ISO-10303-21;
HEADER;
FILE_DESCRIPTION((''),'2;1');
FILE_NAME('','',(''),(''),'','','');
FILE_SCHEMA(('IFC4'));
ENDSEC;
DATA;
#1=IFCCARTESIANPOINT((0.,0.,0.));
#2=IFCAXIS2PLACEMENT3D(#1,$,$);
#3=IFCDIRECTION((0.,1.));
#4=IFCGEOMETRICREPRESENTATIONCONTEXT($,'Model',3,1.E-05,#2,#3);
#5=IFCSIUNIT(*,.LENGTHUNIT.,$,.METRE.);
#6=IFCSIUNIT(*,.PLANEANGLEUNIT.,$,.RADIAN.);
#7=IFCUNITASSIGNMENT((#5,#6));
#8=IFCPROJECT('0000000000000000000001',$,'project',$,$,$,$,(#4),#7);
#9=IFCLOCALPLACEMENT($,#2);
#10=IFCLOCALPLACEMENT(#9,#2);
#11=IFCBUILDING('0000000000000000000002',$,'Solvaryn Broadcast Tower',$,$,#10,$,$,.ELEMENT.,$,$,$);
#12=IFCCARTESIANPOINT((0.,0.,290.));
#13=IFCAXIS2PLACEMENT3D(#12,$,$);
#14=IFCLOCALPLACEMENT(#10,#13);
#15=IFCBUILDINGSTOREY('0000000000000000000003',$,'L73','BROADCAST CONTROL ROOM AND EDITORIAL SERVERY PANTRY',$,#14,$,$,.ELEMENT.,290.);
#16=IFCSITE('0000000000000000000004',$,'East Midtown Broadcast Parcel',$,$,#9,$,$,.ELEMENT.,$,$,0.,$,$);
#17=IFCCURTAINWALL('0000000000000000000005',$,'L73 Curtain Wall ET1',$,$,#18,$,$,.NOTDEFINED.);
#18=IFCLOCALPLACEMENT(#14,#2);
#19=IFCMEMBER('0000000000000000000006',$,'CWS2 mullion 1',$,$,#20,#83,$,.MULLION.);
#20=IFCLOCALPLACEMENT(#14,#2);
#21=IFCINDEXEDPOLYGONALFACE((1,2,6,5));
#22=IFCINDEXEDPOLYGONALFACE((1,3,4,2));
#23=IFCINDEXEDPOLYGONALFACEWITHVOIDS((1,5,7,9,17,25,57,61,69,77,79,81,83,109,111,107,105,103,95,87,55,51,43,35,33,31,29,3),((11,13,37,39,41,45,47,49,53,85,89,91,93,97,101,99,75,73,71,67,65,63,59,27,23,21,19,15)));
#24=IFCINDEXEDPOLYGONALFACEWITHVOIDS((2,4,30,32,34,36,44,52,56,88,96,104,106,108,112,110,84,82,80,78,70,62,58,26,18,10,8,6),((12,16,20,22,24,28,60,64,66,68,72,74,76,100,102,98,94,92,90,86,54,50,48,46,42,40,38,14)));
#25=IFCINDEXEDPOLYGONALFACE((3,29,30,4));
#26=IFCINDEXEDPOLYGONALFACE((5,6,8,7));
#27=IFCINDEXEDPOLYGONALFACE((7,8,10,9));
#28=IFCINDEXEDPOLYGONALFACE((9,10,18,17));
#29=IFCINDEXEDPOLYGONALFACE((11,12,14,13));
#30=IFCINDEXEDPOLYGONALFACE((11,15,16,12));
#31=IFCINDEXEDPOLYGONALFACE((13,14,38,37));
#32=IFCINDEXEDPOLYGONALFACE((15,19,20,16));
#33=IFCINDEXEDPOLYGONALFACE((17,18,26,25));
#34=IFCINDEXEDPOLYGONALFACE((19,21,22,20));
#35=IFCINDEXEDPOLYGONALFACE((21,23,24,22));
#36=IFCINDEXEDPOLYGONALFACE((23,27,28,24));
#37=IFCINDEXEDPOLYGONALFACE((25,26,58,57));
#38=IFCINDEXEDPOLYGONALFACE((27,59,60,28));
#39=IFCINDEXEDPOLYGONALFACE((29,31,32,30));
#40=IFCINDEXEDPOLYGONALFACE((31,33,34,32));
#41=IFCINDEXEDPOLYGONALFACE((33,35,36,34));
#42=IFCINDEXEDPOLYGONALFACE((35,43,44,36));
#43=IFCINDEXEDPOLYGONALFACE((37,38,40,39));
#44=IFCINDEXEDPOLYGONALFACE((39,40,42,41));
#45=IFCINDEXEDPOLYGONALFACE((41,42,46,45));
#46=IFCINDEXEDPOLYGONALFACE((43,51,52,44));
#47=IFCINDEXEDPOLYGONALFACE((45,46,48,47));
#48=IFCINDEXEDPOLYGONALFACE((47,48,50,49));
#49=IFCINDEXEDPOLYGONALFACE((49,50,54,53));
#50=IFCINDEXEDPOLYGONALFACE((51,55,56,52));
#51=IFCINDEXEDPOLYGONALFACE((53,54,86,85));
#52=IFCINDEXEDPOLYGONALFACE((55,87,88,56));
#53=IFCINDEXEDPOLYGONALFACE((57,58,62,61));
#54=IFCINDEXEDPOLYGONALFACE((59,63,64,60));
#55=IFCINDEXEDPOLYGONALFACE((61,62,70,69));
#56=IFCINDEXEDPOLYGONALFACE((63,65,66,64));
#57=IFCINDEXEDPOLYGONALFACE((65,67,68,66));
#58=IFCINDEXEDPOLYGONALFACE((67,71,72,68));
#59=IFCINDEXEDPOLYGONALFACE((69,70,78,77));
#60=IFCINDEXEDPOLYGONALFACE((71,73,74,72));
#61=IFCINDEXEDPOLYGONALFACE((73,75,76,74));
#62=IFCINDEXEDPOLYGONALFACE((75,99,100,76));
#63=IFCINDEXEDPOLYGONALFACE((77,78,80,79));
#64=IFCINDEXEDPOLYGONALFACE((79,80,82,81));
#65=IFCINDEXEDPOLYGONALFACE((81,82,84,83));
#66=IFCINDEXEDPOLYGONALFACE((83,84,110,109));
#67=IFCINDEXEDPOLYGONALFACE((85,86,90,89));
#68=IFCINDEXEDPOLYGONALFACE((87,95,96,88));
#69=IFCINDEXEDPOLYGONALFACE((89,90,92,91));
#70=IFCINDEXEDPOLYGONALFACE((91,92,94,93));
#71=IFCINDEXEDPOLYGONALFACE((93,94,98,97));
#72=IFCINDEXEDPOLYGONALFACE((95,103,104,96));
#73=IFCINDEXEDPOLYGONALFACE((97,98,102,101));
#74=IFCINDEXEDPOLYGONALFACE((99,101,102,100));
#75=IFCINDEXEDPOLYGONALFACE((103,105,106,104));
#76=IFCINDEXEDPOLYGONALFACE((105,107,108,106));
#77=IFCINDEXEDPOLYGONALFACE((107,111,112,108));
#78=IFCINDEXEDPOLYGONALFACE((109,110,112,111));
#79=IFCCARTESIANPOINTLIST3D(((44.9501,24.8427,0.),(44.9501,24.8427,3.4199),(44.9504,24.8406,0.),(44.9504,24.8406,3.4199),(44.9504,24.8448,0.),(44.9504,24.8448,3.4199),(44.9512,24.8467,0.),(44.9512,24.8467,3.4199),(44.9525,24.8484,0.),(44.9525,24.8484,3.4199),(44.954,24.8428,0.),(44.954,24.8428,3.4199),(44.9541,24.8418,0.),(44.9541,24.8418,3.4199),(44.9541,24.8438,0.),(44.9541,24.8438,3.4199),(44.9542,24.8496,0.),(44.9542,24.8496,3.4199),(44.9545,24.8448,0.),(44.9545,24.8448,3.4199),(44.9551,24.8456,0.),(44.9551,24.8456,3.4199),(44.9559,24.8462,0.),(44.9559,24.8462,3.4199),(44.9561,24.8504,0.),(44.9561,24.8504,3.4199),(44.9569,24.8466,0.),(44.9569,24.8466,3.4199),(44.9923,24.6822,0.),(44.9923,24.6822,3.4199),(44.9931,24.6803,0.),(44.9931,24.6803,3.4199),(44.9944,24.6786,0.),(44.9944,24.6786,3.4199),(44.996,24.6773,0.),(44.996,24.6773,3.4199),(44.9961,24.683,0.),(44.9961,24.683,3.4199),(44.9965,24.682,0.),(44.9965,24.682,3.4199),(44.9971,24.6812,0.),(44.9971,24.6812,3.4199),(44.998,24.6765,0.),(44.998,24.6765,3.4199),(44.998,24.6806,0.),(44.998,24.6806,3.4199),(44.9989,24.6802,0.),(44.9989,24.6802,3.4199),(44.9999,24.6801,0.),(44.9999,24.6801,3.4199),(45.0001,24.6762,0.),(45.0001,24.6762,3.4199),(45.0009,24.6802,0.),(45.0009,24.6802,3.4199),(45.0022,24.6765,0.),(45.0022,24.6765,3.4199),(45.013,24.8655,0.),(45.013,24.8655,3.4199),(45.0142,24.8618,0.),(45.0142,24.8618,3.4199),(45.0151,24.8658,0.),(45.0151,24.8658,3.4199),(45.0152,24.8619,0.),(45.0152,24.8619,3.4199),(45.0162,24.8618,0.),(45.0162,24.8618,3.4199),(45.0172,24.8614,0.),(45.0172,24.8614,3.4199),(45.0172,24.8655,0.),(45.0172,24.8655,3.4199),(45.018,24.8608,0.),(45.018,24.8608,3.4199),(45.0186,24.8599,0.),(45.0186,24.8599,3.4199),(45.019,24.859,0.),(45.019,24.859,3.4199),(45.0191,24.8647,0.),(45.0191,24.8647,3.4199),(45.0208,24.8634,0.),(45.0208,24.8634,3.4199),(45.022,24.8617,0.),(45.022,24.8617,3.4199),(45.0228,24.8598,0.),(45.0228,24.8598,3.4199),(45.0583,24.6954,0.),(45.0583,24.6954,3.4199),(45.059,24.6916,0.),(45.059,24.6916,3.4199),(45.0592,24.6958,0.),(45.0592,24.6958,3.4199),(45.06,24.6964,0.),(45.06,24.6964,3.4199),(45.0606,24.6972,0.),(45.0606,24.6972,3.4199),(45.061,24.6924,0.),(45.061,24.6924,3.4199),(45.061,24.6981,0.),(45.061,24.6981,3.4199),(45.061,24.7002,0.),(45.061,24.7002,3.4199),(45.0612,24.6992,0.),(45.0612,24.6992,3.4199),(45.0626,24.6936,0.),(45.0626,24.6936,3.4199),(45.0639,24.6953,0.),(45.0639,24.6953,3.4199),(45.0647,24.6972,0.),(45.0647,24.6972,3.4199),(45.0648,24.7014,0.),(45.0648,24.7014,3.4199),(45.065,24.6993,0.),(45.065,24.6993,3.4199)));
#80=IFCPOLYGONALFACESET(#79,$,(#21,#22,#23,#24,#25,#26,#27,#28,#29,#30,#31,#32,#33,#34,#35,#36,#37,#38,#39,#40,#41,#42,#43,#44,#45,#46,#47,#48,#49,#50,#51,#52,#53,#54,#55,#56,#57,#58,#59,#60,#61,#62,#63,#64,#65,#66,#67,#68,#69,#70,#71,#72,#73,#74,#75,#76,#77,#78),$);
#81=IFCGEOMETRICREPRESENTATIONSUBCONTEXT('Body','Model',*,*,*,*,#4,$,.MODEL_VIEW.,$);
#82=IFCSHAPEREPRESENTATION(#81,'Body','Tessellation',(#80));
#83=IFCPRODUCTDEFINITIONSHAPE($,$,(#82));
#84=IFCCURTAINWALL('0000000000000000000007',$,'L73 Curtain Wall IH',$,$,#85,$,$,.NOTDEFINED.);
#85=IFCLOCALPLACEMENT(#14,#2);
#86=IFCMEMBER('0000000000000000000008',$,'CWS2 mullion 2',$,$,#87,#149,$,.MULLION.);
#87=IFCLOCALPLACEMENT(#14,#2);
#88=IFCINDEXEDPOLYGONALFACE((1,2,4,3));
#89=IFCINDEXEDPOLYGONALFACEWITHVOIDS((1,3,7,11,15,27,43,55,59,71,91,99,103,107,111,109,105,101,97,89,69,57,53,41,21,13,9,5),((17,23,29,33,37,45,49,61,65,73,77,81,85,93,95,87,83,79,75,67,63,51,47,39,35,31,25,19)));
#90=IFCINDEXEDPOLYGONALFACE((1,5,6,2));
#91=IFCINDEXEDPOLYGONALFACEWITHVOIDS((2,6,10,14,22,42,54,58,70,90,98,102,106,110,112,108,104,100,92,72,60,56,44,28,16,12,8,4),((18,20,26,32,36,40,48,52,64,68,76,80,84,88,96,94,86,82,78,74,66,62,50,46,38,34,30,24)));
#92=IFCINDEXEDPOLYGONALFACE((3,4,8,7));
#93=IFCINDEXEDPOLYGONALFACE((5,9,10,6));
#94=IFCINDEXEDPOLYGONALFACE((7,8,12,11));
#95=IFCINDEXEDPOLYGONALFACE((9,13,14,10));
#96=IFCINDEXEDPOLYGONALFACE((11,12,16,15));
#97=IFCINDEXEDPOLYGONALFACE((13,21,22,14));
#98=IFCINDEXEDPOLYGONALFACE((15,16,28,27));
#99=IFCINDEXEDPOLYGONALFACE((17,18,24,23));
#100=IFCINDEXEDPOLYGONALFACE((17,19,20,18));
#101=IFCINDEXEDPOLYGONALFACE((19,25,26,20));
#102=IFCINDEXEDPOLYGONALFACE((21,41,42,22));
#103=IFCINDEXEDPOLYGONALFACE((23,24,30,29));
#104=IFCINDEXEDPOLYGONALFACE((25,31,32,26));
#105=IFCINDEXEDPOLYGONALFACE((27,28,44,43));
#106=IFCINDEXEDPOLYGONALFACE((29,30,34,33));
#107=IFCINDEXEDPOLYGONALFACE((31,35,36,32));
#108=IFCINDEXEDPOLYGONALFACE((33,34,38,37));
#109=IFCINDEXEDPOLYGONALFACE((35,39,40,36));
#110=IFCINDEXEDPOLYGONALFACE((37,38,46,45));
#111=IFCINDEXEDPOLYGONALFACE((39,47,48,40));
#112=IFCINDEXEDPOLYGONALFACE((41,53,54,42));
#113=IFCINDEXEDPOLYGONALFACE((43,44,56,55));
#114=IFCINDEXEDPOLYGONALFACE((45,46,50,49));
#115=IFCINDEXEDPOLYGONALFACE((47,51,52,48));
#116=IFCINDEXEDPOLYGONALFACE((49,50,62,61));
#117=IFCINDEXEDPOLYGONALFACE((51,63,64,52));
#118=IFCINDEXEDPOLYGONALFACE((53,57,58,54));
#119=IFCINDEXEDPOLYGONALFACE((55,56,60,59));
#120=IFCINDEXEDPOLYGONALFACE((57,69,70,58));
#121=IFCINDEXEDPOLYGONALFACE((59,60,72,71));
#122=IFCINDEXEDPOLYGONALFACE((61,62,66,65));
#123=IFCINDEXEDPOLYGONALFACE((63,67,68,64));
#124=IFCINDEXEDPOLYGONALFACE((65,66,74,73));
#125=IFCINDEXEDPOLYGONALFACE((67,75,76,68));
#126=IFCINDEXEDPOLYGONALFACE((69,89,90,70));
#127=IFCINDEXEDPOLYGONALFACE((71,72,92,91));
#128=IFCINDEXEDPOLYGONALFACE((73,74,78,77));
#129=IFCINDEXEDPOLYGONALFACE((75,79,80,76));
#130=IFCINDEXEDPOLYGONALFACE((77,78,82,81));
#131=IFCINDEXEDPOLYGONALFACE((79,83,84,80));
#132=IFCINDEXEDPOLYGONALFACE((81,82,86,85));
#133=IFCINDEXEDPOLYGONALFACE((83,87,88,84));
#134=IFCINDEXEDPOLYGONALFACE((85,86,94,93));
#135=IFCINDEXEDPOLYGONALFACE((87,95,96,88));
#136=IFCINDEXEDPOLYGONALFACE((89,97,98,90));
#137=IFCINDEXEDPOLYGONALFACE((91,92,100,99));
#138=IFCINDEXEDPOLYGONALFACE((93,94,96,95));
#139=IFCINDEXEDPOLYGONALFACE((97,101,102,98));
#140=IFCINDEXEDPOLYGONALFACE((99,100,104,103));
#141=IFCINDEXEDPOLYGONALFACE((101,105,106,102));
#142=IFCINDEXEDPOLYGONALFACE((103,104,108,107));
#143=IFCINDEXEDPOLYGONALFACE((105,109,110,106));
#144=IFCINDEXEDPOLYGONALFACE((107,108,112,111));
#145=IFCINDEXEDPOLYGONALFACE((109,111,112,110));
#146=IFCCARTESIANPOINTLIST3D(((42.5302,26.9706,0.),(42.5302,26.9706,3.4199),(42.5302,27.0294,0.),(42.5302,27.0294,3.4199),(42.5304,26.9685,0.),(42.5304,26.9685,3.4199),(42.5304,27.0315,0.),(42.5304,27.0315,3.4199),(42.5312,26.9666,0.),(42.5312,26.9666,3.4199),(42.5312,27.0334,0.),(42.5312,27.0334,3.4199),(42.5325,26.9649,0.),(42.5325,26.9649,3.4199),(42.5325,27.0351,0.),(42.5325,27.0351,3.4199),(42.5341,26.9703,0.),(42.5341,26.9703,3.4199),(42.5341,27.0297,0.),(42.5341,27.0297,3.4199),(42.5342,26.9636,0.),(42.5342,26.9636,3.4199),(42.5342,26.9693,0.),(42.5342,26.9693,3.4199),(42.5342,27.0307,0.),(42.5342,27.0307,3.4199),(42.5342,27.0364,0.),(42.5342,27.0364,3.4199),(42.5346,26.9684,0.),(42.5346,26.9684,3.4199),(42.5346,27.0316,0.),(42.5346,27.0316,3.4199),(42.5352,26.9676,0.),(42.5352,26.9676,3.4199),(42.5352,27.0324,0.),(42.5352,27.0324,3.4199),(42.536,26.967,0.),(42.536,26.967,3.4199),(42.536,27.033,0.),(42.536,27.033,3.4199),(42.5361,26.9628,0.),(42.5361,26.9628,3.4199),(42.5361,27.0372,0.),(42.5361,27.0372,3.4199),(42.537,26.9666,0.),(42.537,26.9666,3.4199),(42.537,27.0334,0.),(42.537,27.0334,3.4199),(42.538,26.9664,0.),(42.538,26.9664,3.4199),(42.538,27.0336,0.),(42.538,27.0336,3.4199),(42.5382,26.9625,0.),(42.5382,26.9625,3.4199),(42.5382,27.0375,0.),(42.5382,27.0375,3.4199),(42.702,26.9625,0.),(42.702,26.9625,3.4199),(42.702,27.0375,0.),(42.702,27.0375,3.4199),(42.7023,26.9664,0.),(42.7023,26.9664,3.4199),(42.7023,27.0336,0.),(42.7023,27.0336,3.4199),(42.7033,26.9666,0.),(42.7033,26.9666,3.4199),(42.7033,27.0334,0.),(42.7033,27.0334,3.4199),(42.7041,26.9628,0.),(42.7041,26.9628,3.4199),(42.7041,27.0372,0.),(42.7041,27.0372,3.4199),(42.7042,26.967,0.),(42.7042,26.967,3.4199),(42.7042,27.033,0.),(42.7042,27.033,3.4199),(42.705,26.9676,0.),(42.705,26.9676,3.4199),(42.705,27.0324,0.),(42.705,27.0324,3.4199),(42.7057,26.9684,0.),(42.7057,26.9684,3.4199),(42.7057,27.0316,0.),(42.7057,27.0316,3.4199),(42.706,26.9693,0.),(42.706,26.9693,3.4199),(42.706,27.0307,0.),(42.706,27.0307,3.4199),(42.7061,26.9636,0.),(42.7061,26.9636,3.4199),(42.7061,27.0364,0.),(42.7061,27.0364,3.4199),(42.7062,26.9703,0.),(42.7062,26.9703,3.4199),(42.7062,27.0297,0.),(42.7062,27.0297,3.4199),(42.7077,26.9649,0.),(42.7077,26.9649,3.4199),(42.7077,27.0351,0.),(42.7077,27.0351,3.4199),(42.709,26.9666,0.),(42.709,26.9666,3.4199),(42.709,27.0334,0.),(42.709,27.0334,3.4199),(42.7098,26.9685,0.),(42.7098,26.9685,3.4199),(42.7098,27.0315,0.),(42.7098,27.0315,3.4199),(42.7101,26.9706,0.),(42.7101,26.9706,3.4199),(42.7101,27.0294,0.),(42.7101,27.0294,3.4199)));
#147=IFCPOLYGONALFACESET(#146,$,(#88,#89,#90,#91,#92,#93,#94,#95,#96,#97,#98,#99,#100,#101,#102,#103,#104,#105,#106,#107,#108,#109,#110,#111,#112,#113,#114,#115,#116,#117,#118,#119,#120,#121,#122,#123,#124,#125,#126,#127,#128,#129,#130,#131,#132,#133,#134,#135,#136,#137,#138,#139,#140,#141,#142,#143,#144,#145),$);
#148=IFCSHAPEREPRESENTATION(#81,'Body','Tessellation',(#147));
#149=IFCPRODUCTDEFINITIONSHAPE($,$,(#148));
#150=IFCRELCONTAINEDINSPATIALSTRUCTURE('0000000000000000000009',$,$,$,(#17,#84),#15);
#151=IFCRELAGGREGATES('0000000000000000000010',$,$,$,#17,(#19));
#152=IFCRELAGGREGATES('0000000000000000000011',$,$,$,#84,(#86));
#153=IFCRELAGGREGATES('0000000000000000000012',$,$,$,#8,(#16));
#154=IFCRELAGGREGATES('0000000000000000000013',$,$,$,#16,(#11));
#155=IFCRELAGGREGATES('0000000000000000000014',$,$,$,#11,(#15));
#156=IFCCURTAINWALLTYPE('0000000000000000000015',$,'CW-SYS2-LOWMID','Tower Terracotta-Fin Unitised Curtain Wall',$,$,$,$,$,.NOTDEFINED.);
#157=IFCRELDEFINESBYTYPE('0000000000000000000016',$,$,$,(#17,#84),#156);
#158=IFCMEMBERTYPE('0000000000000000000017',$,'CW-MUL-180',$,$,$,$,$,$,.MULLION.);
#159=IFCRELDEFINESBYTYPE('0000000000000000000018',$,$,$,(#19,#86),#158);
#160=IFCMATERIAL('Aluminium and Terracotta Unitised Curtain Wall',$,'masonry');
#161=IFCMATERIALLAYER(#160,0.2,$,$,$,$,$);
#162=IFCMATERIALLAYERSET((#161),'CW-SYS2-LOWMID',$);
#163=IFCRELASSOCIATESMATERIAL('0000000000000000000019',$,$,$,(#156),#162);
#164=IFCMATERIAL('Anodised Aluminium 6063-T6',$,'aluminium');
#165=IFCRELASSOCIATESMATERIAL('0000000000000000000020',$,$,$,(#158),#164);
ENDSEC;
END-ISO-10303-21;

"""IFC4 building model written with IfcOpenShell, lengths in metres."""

from ifc_helpers import new_model, si_unit, direction, frame, origin, origin_2d, place, context, subcontext, project, spatial, hollow_rectangle, extrude, material, layer, layer_set, material_profile, profile_set, type_object, element, aggregate, save


model = new_model("IFC4")

# Units and contexts
model_context = context("Model", 3, precision=1e-05, world=origin(), true_north=direction((0.0, 1.0)))
body_context = subcontext(model_context, "Body", "Model", "MODEL_VIEW")
ifc_project = project(units=[si_unit("LENGTHUNIT", "METRE"), si_unit("PLANEANGLEUNIT", "RADIAN")], contexts=[model_context])

# Site, building, storey
site_placement = place(None, origin())
site = spatial("IfcSite", under=ifc_project, at=site_placement, Name="East Midtown Broadcast Parcel", CompositionType="ELEMENT", RefElevation=0.0)
building_placement = place(site_placement, origin())
building = spatial("IfcBuilding", under=site, at=building_placement, Name="Solvaryn Broadcast Tower", CompositionType="ELEMENT")
storey_placement = place(building_placement, frame((0.0, 0.0, 290.0)))
storey = spatial("IfcBuildingStorey", under=building, at=storey_placement, Name="L73", Description="BROADCAST CONTROL ROOM AND EDITORIAL SERVERY PANTRY", CompositionType="ELEMENT", Elevation=290.0)

# Curtain walls, members
ifc_material_1 = material(Name="Aluminium and Terracotta Unitised Curtain Wall", Category="masonry")
ifc_layer_1 = layer(ifc_material_1, 0.2)
ifc_layer_set_1 = layer_set([ifc_layer_1], Name="CW-SYS2-LOWMID")
curtain_wall_type = type_object("IfcCurtainWallType", Name="CW-SYS2-LOWMID", Description="Tower Terracotta-Fin Unitised Curtain Wall", PredefinedType="NOTDEFINED", material=ifc_layer_set_1)
curtain_wall_1_placement = place(storey_placement, origin())
curtain_wall_1 = element("IfcCurtainWall", 1, at=curtain_wall_1_placement, inside=storey, type_object=curtain_wall_type, Name="L73 Curtain Wall ET1", PredefinedType="NOTDEFINED")
ifc_material_2 = material(Name="Anodised Aluminium 6063-T6", Category="aluminium")
ifc_material_profile_1 = material_profile(ifc_material_2, hollow_rectangle(XDim=0.075, YDim=0.1799, WallThickness=0.0039, InnerFilletRadius=0.0039, OuterFilletRadius=0.0081, at=origin_2d()))
ifc_profile_set_1 = profile_set([ifc_material_profile_1], Name="Anodised Aluminium 6063-T6")
member_type_1 = type_object("IfcMemberType", Name="CW-MUL-180", PredefinedType="MULLION", material=ifc_profile_set_1)
member_1_placement = place(storey_placement, frame((45.0076, 24.771, 0.0), z_axis=(0.0, 0.0, 1.0), x_axis=(0.966705, 0.255893, 0.0)))
member_1 = element("IfcMember", 2, at=member_1_placement, type_object=member_type_1, Name="CWS2 mullion 1", PredefinedType="MULLION", context=body_context, shape_type="SweptSolid", body=[
    extrude(hollow_rectangle(XDim=0.075, YDim=0.1799, WallThickness=0.0039, InnerFilletRadius=0.0039, OuterFilletRadius=0.0081, at=origin_2d()), origin(), (0.0, 0.0, 1.0), 3.4199),
])
curtain_wall_2_placement = place(storey_placement, origin())
curtain_wall_2 = element("IfcCurtainWall", 3, at=curtain_wall_2_placement, inside=storey, type_object=curtain_wall_type, Name="L73 Curtain Wall IH", PredefinedType="NOTDEFINED")
member_2_placement = place(storey_placement, frame((42.6201, 27.0, 0.0), z_axis=(0.0, 0.0, 1.0), x_axis=(0.0, 1.0, 0.0)))
member_2 = element("IfcMember", 4, at=member_2_placement, type_object=member_type_1, Name="CWS2 mullion 2", PredefinedType="MULLION", context=body_context, shape_type="SweptSolid", body=[
    extrude(hollow_rectangle(XDim=0.075, YDim=0.1799, WallThickness=0.0039, InnerFilletRadius=0.0039, OuterFilletRadius=0.0081, at=origin_2d()), origin(), (0.0, 0.0, 1.0), 3.4199),
])

aggregate(curtain_wall_1, [member_1])
aggregate(curtain_wall_2, [member_2])

save(model, "model.ifc")
